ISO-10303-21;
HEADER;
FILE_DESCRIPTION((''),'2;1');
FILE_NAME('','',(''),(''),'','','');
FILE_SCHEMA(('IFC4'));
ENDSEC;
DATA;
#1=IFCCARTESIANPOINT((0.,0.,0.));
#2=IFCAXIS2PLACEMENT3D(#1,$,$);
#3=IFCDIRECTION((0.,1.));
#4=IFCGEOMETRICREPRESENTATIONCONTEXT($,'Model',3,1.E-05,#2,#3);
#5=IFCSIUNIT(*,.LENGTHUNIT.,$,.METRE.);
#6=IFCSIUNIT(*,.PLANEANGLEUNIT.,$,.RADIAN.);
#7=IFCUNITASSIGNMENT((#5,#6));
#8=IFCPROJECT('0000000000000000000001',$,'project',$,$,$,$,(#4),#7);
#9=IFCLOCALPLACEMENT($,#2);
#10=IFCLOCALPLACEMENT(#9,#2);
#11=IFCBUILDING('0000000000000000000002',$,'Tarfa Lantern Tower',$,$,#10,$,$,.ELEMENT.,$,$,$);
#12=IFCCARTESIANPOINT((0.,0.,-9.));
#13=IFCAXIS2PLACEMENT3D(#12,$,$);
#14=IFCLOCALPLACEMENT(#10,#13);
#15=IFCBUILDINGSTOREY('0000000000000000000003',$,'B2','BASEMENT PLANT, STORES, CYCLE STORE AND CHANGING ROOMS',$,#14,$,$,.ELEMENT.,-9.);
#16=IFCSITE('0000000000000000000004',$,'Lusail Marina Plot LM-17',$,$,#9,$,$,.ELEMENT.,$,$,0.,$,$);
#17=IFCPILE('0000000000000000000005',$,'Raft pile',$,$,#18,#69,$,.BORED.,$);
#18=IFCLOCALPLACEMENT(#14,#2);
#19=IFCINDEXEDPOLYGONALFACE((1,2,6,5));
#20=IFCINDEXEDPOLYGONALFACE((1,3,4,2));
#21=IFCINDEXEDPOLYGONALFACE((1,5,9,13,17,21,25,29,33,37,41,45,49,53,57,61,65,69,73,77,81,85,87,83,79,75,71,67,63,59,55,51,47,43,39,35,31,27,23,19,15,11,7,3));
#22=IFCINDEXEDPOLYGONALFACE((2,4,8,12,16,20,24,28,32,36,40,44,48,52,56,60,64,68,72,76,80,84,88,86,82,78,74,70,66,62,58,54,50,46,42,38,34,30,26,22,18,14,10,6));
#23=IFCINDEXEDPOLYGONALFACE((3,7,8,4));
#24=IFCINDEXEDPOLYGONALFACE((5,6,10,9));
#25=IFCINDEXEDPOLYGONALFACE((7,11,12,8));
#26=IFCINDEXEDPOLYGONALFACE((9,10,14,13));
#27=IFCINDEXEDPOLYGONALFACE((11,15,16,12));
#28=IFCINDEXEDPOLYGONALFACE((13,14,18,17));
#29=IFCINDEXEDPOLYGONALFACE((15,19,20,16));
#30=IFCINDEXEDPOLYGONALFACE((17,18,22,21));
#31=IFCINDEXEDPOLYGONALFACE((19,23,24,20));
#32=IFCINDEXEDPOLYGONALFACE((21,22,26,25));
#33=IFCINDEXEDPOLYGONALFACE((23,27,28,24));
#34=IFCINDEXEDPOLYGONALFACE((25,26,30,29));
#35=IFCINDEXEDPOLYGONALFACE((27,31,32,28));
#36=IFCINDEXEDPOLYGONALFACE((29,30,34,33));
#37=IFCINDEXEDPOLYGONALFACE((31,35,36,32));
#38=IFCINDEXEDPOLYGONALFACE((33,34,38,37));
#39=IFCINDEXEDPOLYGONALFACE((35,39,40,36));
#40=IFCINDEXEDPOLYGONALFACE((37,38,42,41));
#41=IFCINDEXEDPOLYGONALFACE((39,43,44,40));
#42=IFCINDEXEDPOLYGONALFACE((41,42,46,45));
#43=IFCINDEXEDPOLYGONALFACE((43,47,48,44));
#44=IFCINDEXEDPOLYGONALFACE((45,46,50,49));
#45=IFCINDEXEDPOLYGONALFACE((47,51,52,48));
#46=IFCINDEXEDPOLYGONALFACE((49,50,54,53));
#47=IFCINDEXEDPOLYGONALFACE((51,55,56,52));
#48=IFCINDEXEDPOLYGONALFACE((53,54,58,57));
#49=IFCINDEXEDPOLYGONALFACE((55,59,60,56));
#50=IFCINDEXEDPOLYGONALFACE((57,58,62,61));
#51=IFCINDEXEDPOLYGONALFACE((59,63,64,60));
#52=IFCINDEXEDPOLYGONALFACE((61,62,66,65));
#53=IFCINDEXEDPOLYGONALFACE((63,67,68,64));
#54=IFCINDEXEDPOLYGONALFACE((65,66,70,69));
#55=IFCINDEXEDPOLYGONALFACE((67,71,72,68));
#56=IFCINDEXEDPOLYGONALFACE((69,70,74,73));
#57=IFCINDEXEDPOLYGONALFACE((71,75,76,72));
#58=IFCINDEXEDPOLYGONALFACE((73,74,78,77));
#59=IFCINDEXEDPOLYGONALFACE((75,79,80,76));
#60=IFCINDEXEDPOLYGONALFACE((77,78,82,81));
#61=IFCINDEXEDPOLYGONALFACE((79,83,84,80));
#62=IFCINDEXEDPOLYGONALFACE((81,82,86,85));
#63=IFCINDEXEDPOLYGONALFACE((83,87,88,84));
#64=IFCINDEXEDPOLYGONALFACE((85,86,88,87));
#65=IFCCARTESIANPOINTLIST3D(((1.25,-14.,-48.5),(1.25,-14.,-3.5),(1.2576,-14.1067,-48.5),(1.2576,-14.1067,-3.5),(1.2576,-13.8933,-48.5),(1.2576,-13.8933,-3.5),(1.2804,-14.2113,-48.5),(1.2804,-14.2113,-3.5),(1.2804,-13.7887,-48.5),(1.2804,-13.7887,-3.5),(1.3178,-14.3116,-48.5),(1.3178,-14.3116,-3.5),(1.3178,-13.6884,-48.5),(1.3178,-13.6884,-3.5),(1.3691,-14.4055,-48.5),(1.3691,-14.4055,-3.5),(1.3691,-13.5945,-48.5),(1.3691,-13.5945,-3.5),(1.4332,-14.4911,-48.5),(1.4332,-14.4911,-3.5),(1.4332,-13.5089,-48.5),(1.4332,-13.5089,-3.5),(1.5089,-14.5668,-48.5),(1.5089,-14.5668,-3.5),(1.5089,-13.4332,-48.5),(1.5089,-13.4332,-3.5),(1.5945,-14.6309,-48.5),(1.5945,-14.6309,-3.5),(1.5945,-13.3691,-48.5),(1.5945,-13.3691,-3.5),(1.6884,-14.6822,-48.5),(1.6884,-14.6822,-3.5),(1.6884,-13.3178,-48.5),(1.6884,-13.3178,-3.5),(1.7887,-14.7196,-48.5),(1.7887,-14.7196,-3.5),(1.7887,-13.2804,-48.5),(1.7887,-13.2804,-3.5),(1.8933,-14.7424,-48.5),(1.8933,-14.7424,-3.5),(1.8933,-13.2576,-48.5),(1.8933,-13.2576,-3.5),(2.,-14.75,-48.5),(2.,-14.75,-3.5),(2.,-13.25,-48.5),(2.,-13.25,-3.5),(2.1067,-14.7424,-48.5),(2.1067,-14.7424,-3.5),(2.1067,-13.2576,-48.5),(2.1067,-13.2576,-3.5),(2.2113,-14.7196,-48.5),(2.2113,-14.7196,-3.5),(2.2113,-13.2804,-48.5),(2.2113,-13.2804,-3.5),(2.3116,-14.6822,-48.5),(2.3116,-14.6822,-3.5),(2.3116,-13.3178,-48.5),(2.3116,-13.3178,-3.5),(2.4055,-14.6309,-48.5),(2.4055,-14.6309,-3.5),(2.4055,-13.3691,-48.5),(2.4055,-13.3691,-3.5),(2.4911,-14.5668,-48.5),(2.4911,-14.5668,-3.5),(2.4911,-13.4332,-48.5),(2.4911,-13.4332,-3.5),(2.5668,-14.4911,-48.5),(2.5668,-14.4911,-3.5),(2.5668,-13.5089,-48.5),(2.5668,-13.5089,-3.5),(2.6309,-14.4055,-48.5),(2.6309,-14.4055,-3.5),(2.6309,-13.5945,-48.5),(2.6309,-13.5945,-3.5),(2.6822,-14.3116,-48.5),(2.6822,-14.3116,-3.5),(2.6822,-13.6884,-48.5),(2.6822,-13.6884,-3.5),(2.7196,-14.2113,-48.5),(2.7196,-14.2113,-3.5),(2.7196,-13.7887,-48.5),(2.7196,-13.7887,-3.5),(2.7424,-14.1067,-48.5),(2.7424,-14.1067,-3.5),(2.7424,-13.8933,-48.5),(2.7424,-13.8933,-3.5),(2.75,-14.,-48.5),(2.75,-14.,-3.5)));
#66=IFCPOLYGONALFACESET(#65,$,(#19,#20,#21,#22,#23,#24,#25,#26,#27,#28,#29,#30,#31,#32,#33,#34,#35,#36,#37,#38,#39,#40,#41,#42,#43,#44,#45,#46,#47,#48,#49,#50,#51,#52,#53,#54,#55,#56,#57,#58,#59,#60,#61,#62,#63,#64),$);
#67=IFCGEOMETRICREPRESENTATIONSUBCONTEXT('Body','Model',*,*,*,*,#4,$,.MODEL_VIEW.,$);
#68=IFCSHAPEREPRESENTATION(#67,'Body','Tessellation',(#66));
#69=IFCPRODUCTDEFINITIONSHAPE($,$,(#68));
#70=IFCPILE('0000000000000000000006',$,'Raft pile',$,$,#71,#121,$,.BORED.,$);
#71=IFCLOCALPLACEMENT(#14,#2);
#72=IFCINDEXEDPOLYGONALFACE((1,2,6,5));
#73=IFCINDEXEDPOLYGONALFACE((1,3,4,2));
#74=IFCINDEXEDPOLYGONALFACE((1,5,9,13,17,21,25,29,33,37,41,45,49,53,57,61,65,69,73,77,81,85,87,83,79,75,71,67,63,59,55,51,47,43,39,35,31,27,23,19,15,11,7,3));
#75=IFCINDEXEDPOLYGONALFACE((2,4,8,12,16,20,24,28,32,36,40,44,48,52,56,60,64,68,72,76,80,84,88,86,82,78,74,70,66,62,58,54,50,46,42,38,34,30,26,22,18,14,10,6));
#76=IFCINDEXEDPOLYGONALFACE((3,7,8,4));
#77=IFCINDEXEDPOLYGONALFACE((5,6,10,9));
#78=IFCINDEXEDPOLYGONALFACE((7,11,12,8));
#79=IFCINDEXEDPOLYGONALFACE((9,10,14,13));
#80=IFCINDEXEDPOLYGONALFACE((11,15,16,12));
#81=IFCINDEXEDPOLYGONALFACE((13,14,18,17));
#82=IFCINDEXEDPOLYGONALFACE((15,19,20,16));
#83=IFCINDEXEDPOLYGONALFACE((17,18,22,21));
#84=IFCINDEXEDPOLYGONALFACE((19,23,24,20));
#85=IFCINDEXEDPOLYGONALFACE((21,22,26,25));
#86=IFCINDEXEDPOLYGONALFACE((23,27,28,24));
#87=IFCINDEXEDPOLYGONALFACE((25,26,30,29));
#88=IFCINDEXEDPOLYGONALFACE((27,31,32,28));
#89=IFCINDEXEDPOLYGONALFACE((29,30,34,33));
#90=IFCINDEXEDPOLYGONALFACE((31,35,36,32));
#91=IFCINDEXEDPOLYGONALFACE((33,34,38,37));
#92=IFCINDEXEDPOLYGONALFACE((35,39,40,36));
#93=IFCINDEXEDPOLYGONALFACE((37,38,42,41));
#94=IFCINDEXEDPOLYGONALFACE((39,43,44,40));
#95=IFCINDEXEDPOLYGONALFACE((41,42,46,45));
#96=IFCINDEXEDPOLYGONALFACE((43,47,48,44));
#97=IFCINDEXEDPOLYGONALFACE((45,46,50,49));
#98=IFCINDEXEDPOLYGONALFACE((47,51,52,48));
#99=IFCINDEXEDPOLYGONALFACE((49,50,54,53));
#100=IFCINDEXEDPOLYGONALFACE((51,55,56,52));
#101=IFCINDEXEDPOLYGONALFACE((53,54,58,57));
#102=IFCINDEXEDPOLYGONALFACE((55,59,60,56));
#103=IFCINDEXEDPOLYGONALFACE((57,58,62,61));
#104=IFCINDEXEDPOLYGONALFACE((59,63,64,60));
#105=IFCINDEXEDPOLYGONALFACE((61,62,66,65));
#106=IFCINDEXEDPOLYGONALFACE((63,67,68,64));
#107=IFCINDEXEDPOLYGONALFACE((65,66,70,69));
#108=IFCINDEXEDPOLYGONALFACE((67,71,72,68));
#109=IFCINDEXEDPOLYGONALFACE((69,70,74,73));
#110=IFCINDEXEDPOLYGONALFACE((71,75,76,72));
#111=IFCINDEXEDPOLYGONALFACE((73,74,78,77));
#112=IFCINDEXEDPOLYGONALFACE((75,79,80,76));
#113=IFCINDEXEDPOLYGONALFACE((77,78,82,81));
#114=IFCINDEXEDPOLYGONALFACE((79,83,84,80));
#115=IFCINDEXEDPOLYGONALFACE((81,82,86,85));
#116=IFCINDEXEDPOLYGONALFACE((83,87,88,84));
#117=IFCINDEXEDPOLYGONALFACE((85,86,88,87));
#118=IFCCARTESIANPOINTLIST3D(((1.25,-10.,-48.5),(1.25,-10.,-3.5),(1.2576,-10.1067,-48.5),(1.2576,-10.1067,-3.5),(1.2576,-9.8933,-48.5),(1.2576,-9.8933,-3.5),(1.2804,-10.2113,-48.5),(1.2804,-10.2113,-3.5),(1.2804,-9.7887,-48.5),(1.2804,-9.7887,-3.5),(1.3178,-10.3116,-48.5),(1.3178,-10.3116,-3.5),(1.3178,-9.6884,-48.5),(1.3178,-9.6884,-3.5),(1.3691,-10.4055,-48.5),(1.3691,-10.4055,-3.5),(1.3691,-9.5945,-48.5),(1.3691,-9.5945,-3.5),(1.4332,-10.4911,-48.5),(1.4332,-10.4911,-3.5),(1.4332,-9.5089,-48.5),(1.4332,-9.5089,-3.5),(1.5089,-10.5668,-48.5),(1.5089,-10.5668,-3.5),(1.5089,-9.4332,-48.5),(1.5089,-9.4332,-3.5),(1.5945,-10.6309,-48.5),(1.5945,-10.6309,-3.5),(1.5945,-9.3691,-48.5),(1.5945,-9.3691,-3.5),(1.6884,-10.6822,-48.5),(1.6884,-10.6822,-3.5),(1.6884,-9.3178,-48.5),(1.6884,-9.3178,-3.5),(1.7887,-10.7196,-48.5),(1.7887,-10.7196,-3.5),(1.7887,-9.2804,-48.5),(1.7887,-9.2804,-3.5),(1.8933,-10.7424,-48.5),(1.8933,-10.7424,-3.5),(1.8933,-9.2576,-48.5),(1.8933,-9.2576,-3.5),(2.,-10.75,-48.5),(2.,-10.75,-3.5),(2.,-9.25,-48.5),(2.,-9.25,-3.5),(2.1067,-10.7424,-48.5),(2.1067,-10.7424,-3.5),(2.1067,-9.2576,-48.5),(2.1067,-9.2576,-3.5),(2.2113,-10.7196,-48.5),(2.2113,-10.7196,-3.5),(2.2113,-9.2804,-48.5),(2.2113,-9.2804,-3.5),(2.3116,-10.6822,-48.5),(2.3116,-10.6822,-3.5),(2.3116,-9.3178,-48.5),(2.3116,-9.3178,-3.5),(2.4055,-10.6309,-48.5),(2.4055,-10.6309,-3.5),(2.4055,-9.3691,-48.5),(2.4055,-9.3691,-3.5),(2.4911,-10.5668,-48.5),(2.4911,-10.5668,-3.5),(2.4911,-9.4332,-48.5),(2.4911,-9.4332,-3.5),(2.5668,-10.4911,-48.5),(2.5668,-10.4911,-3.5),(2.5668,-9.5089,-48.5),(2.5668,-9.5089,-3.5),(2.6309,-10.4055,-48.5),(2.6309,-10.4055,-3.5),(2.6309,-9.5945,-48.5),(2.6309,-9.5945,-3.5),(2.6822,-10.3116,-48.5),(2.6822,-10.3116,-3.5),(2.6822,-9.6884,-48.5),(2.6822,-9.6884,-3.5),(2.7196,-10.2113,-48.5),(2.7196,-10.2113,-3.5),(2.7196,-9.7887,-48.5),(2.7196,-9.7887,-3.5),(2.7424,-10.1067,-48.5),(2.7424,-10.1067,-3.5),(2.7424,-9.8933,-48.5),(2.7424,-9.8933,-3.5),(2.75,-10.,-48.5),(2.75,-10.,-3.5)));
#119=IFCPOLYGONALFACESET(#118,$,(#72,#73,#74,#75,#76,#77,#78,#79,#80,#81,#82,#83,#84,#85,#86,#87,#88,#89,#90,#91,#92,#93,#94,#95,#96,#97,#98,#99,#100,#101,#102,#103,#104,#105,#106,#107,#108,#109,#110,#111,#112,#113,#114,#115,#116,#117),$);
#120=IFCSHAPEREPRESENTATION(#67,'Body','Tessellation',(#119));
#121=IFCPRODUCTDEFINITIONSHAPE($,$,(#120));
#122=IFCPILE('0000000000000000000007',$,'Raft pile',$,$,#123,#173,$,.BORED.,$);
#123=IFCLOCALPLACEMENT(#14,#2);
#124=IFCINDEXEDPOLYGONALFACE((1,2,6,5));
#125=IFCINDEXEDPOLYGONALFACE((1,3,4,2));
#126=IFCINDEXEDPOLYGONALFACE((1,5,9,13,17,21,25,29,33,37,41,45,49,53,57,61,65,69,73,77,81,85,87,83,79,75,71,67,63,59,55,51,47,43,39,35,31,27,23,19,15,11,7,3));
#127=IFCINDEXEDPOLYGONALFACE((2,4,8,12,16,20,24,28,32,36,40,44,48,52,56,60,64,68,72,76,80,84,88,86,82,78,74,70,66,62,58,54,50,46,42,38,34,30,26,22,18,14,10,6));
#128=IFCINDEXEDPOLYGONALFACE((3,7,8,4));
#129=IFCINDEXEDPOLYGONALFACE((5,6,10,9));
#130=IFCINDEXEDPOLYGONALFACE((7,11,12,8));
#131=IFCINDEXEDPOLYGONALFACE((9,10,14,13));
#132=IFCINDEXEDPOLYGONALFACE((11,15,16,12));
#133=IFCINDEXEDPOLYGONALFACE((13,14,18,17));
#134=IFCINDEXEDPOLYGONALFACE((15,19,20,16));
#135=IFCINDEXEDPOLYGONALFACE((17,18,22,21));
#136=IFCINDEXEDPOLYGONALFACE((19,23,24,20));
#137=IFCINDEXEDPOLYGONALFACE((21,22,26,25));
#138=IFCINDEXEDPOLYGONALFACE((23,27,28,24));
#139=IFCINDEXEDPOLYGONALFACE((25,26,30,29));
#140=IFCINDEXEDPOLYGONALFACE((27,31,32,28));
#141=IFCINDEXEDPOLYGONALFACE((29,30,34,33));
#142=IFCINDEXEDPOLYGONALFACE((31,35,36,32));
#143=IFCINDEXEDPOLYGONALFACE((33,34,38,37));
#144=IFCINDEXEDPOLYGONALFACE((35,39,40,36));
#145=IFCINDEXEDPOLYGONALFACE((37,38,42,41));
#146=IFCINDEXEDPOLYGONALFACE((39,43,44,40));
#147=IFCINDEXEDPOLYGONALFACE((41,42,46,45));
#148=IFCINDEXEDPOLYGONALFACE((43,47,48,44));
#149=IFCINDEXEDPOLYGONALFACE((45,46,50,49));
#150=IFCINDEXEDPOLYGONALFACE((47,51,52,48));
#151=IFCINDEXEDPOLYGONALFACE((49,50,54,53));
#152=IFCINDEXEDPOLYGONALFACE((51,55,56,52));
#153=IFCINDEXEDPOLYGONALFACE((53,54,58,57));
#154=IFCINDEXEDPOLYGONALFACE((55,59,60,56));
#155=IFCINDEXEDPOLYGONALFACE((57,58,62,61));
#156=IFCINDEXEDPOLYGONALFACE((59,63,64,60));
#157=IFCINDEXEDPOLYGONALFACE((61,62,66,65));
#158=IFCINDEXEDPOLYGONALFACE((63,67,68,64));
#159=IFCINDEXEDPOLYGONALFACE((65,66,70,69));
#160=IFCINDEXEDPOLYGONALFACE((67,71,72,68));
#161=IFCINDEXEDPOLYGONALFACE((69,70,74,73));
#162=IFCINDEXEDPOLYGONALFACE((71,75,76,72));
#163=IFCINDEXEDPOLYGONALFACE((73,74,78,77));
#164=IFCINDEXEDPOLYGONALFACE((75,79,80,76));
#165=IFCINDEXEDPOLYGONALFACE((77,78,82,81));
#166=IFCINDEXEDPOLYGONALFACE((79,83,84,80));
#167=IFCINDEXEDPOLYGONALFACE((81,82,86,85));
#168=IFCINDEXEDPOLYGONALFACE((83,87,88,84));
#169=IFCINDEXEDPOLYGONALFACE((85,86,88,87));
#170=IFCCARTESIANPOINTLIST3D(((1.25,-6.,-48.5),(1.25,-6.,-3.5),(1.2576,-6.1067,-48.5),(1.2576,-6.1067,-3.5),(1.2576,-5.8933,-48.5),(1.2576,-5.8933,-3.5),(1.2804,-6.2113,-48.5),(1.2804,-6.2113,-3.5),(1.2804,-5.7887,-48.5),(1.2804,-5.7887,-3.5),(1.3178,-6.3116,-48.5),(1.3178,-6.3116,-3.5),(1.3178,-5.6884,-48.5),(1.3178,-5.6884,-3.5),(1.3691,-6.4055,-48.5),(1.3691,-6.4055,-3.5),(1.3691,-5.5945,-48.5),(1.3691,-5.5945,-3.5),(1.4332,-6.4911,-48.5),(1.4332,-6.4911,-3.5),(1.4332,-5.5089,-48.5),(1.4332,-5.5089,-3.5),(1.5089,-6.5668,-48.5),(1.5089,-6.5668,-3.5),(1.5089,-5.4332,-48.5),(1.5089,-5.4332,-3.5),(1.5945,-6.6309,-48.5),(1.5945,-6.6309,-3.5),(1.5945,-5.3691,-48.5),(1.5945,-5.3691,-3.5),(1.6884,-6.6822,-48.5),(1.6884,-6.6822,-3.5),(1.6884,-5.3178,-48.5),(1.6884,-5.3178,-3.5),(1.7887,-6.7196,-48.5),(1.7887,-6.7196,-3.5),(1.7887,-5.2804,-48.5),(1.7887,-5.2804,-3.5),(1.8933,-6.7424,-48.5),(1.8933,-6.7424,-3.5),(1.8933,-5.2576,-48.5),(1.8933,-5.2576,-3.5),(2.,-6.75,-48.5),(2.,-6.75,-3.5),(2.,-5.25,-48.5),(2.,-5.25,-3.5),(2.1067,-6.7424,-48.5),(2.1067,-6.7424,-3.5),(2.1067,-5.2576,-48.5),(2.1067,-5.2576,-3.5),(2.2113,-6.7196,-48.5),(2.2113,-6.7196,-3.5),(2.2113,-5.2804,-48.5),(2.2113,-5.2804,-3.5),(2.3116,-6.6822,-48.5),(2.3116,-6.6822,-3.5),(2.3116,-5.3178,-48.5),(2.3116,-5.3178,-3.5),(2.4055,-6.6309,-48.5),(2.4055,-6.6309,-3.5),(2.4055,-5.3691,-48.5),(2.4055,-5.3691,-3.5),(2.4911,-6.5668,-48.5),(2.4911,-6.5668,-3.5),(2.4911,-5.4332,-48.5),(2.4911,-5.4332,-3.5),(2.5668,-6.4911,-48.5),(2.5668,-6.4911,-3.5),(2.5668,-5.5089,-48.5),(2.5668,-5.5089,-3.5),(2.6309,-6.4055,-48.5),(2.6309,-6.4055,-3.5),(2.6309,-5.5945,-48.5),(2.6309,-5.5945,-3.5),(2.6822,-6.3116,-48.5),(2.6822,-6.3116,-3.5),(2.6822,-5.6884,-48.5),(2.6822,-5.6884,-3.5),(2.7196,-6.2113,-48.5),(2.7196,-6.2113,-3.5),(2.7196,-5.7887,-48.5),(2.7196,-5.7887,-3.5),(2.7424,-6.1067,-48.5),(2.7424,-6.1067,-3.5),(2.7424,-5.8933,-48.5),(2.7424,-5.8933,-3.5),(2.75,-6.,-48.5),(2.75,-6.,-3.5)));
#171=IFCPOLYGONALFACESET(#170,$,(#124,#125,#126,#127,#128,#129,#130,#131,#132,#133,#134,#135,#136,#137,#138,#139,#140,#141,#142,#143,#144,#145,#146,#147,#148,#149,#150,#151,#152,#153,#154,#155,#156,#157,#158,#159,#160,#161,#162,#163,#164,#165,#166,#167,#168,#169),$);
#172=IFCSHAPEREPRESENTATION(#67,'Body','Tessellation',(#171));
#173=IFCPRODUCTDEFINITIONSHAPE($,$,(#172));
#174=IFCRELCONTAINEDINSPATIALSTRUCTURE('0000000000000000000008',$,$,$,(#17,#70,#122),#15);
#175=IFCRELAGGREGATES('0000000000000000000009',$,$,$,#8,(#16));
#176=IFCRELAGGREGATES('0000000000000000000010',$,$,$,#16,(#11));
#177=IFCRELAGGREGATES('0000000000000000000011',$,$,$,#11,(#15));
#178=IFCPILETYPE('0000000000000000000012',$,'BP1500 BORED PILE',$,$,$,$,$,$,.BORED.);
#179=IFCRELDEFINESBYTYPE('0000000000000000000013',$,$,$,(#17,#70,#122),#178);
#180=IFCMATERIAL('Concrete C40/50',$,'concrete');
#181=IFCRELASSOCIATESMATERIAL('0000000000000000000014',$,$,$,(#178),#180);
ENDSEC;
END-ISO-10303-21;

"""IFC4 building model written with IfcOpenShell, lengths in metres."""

from ifc_helpers import new_model, si_unit, direction, frame, origin, origin_2d, place, context, subcontext, project, spatial, circle, extrude, material, material_profile, profile_set, type_object, element, save


model = new_model("IFC4")

# Units and contexts
model_context = context("Model", 3, precision=1e-05, world=origin(), true_north=direction((0.0, 1.0)))
body_context = subcontext(model_context, "Body", "Model", "MODEL_VIEW")
ifc_project = project(units=[si_unit("LENGTHUNIT", "METRE"), si_unit("PLANEANGLEUNIT", "RADIAN")], contexts=[model_context])

# Site, building, storey
site_placement = place(None, origin())
site = spatial("IfcSite", under=ifc_project, at=site_placement, Name="Lusail Marina Plot LM-17", CompositionType="ELEMENT", RefElevation=0.0)
building_placement = place(site_placement, origin())
building = spatial("IfcBuilding", under=site, at=building_placement, Name="Tarfa Lantern Tower", CompositionType="ELEMENT")
storey_placement = place(building_placement, frame((0.0, 0.0, -9.0)))
storey = spatial("IfcBuildingStorey", under=building, at=storey_placement, Name="B2", Description="BASEMENT PLANT, STORES, CYCLE STORE AND CHANGING ROOMS", CompositionType="ELEMENT", Elevation=-9.0)

# Piles
ifc_material_1 = material(Name="Concrete C40/50", Category="concrete")
ifc_material_profile = material_profile(ifc_material_1, circle(Radius=0.75, at=origin_2d()), Name="BORED PILE D1500")
ifc_profile_set = profile_set([ifc_material_profile], Name="Concrete C40/50")
pile_type = type_object("IfcPileType", Name="BP1500 BORED PILE", PredefinedType="BORED", material=ifc_profile_set)
for number, where, z_axis, x_axis, name in (
    (1, (2.0, -14.0, -3.5), (0.0, 0.0, -1.0), (1.0, 0.0, 0.0), "Raft pile"),
    (2, (2.0, -10.0, -3.5), (0.0, 0.0, -1.0), (1.0, 0.0, 0.0), "Raft pile"),
    (3, (2.0, -6.0, -3.5), (0.0, 0.0, -1.0), (1.0, 0.0, 0.0), "Raft pile"),
):
    element("IfcPile", number, at=place(storey_placement, frame(where, z_axis=z_axis, x_axis=x_axis)), inside=storey, type_object=pile_type, Name=name, PredefinedType="BORED", context=body_context, shape_type="SweptSolid", body=[
        extrude(circle(Radius=0.75, at=origin_2d()), origin(), (0.0, 0.0, 1.0), 45.0),
    ])

save(model, "model.ifc")
